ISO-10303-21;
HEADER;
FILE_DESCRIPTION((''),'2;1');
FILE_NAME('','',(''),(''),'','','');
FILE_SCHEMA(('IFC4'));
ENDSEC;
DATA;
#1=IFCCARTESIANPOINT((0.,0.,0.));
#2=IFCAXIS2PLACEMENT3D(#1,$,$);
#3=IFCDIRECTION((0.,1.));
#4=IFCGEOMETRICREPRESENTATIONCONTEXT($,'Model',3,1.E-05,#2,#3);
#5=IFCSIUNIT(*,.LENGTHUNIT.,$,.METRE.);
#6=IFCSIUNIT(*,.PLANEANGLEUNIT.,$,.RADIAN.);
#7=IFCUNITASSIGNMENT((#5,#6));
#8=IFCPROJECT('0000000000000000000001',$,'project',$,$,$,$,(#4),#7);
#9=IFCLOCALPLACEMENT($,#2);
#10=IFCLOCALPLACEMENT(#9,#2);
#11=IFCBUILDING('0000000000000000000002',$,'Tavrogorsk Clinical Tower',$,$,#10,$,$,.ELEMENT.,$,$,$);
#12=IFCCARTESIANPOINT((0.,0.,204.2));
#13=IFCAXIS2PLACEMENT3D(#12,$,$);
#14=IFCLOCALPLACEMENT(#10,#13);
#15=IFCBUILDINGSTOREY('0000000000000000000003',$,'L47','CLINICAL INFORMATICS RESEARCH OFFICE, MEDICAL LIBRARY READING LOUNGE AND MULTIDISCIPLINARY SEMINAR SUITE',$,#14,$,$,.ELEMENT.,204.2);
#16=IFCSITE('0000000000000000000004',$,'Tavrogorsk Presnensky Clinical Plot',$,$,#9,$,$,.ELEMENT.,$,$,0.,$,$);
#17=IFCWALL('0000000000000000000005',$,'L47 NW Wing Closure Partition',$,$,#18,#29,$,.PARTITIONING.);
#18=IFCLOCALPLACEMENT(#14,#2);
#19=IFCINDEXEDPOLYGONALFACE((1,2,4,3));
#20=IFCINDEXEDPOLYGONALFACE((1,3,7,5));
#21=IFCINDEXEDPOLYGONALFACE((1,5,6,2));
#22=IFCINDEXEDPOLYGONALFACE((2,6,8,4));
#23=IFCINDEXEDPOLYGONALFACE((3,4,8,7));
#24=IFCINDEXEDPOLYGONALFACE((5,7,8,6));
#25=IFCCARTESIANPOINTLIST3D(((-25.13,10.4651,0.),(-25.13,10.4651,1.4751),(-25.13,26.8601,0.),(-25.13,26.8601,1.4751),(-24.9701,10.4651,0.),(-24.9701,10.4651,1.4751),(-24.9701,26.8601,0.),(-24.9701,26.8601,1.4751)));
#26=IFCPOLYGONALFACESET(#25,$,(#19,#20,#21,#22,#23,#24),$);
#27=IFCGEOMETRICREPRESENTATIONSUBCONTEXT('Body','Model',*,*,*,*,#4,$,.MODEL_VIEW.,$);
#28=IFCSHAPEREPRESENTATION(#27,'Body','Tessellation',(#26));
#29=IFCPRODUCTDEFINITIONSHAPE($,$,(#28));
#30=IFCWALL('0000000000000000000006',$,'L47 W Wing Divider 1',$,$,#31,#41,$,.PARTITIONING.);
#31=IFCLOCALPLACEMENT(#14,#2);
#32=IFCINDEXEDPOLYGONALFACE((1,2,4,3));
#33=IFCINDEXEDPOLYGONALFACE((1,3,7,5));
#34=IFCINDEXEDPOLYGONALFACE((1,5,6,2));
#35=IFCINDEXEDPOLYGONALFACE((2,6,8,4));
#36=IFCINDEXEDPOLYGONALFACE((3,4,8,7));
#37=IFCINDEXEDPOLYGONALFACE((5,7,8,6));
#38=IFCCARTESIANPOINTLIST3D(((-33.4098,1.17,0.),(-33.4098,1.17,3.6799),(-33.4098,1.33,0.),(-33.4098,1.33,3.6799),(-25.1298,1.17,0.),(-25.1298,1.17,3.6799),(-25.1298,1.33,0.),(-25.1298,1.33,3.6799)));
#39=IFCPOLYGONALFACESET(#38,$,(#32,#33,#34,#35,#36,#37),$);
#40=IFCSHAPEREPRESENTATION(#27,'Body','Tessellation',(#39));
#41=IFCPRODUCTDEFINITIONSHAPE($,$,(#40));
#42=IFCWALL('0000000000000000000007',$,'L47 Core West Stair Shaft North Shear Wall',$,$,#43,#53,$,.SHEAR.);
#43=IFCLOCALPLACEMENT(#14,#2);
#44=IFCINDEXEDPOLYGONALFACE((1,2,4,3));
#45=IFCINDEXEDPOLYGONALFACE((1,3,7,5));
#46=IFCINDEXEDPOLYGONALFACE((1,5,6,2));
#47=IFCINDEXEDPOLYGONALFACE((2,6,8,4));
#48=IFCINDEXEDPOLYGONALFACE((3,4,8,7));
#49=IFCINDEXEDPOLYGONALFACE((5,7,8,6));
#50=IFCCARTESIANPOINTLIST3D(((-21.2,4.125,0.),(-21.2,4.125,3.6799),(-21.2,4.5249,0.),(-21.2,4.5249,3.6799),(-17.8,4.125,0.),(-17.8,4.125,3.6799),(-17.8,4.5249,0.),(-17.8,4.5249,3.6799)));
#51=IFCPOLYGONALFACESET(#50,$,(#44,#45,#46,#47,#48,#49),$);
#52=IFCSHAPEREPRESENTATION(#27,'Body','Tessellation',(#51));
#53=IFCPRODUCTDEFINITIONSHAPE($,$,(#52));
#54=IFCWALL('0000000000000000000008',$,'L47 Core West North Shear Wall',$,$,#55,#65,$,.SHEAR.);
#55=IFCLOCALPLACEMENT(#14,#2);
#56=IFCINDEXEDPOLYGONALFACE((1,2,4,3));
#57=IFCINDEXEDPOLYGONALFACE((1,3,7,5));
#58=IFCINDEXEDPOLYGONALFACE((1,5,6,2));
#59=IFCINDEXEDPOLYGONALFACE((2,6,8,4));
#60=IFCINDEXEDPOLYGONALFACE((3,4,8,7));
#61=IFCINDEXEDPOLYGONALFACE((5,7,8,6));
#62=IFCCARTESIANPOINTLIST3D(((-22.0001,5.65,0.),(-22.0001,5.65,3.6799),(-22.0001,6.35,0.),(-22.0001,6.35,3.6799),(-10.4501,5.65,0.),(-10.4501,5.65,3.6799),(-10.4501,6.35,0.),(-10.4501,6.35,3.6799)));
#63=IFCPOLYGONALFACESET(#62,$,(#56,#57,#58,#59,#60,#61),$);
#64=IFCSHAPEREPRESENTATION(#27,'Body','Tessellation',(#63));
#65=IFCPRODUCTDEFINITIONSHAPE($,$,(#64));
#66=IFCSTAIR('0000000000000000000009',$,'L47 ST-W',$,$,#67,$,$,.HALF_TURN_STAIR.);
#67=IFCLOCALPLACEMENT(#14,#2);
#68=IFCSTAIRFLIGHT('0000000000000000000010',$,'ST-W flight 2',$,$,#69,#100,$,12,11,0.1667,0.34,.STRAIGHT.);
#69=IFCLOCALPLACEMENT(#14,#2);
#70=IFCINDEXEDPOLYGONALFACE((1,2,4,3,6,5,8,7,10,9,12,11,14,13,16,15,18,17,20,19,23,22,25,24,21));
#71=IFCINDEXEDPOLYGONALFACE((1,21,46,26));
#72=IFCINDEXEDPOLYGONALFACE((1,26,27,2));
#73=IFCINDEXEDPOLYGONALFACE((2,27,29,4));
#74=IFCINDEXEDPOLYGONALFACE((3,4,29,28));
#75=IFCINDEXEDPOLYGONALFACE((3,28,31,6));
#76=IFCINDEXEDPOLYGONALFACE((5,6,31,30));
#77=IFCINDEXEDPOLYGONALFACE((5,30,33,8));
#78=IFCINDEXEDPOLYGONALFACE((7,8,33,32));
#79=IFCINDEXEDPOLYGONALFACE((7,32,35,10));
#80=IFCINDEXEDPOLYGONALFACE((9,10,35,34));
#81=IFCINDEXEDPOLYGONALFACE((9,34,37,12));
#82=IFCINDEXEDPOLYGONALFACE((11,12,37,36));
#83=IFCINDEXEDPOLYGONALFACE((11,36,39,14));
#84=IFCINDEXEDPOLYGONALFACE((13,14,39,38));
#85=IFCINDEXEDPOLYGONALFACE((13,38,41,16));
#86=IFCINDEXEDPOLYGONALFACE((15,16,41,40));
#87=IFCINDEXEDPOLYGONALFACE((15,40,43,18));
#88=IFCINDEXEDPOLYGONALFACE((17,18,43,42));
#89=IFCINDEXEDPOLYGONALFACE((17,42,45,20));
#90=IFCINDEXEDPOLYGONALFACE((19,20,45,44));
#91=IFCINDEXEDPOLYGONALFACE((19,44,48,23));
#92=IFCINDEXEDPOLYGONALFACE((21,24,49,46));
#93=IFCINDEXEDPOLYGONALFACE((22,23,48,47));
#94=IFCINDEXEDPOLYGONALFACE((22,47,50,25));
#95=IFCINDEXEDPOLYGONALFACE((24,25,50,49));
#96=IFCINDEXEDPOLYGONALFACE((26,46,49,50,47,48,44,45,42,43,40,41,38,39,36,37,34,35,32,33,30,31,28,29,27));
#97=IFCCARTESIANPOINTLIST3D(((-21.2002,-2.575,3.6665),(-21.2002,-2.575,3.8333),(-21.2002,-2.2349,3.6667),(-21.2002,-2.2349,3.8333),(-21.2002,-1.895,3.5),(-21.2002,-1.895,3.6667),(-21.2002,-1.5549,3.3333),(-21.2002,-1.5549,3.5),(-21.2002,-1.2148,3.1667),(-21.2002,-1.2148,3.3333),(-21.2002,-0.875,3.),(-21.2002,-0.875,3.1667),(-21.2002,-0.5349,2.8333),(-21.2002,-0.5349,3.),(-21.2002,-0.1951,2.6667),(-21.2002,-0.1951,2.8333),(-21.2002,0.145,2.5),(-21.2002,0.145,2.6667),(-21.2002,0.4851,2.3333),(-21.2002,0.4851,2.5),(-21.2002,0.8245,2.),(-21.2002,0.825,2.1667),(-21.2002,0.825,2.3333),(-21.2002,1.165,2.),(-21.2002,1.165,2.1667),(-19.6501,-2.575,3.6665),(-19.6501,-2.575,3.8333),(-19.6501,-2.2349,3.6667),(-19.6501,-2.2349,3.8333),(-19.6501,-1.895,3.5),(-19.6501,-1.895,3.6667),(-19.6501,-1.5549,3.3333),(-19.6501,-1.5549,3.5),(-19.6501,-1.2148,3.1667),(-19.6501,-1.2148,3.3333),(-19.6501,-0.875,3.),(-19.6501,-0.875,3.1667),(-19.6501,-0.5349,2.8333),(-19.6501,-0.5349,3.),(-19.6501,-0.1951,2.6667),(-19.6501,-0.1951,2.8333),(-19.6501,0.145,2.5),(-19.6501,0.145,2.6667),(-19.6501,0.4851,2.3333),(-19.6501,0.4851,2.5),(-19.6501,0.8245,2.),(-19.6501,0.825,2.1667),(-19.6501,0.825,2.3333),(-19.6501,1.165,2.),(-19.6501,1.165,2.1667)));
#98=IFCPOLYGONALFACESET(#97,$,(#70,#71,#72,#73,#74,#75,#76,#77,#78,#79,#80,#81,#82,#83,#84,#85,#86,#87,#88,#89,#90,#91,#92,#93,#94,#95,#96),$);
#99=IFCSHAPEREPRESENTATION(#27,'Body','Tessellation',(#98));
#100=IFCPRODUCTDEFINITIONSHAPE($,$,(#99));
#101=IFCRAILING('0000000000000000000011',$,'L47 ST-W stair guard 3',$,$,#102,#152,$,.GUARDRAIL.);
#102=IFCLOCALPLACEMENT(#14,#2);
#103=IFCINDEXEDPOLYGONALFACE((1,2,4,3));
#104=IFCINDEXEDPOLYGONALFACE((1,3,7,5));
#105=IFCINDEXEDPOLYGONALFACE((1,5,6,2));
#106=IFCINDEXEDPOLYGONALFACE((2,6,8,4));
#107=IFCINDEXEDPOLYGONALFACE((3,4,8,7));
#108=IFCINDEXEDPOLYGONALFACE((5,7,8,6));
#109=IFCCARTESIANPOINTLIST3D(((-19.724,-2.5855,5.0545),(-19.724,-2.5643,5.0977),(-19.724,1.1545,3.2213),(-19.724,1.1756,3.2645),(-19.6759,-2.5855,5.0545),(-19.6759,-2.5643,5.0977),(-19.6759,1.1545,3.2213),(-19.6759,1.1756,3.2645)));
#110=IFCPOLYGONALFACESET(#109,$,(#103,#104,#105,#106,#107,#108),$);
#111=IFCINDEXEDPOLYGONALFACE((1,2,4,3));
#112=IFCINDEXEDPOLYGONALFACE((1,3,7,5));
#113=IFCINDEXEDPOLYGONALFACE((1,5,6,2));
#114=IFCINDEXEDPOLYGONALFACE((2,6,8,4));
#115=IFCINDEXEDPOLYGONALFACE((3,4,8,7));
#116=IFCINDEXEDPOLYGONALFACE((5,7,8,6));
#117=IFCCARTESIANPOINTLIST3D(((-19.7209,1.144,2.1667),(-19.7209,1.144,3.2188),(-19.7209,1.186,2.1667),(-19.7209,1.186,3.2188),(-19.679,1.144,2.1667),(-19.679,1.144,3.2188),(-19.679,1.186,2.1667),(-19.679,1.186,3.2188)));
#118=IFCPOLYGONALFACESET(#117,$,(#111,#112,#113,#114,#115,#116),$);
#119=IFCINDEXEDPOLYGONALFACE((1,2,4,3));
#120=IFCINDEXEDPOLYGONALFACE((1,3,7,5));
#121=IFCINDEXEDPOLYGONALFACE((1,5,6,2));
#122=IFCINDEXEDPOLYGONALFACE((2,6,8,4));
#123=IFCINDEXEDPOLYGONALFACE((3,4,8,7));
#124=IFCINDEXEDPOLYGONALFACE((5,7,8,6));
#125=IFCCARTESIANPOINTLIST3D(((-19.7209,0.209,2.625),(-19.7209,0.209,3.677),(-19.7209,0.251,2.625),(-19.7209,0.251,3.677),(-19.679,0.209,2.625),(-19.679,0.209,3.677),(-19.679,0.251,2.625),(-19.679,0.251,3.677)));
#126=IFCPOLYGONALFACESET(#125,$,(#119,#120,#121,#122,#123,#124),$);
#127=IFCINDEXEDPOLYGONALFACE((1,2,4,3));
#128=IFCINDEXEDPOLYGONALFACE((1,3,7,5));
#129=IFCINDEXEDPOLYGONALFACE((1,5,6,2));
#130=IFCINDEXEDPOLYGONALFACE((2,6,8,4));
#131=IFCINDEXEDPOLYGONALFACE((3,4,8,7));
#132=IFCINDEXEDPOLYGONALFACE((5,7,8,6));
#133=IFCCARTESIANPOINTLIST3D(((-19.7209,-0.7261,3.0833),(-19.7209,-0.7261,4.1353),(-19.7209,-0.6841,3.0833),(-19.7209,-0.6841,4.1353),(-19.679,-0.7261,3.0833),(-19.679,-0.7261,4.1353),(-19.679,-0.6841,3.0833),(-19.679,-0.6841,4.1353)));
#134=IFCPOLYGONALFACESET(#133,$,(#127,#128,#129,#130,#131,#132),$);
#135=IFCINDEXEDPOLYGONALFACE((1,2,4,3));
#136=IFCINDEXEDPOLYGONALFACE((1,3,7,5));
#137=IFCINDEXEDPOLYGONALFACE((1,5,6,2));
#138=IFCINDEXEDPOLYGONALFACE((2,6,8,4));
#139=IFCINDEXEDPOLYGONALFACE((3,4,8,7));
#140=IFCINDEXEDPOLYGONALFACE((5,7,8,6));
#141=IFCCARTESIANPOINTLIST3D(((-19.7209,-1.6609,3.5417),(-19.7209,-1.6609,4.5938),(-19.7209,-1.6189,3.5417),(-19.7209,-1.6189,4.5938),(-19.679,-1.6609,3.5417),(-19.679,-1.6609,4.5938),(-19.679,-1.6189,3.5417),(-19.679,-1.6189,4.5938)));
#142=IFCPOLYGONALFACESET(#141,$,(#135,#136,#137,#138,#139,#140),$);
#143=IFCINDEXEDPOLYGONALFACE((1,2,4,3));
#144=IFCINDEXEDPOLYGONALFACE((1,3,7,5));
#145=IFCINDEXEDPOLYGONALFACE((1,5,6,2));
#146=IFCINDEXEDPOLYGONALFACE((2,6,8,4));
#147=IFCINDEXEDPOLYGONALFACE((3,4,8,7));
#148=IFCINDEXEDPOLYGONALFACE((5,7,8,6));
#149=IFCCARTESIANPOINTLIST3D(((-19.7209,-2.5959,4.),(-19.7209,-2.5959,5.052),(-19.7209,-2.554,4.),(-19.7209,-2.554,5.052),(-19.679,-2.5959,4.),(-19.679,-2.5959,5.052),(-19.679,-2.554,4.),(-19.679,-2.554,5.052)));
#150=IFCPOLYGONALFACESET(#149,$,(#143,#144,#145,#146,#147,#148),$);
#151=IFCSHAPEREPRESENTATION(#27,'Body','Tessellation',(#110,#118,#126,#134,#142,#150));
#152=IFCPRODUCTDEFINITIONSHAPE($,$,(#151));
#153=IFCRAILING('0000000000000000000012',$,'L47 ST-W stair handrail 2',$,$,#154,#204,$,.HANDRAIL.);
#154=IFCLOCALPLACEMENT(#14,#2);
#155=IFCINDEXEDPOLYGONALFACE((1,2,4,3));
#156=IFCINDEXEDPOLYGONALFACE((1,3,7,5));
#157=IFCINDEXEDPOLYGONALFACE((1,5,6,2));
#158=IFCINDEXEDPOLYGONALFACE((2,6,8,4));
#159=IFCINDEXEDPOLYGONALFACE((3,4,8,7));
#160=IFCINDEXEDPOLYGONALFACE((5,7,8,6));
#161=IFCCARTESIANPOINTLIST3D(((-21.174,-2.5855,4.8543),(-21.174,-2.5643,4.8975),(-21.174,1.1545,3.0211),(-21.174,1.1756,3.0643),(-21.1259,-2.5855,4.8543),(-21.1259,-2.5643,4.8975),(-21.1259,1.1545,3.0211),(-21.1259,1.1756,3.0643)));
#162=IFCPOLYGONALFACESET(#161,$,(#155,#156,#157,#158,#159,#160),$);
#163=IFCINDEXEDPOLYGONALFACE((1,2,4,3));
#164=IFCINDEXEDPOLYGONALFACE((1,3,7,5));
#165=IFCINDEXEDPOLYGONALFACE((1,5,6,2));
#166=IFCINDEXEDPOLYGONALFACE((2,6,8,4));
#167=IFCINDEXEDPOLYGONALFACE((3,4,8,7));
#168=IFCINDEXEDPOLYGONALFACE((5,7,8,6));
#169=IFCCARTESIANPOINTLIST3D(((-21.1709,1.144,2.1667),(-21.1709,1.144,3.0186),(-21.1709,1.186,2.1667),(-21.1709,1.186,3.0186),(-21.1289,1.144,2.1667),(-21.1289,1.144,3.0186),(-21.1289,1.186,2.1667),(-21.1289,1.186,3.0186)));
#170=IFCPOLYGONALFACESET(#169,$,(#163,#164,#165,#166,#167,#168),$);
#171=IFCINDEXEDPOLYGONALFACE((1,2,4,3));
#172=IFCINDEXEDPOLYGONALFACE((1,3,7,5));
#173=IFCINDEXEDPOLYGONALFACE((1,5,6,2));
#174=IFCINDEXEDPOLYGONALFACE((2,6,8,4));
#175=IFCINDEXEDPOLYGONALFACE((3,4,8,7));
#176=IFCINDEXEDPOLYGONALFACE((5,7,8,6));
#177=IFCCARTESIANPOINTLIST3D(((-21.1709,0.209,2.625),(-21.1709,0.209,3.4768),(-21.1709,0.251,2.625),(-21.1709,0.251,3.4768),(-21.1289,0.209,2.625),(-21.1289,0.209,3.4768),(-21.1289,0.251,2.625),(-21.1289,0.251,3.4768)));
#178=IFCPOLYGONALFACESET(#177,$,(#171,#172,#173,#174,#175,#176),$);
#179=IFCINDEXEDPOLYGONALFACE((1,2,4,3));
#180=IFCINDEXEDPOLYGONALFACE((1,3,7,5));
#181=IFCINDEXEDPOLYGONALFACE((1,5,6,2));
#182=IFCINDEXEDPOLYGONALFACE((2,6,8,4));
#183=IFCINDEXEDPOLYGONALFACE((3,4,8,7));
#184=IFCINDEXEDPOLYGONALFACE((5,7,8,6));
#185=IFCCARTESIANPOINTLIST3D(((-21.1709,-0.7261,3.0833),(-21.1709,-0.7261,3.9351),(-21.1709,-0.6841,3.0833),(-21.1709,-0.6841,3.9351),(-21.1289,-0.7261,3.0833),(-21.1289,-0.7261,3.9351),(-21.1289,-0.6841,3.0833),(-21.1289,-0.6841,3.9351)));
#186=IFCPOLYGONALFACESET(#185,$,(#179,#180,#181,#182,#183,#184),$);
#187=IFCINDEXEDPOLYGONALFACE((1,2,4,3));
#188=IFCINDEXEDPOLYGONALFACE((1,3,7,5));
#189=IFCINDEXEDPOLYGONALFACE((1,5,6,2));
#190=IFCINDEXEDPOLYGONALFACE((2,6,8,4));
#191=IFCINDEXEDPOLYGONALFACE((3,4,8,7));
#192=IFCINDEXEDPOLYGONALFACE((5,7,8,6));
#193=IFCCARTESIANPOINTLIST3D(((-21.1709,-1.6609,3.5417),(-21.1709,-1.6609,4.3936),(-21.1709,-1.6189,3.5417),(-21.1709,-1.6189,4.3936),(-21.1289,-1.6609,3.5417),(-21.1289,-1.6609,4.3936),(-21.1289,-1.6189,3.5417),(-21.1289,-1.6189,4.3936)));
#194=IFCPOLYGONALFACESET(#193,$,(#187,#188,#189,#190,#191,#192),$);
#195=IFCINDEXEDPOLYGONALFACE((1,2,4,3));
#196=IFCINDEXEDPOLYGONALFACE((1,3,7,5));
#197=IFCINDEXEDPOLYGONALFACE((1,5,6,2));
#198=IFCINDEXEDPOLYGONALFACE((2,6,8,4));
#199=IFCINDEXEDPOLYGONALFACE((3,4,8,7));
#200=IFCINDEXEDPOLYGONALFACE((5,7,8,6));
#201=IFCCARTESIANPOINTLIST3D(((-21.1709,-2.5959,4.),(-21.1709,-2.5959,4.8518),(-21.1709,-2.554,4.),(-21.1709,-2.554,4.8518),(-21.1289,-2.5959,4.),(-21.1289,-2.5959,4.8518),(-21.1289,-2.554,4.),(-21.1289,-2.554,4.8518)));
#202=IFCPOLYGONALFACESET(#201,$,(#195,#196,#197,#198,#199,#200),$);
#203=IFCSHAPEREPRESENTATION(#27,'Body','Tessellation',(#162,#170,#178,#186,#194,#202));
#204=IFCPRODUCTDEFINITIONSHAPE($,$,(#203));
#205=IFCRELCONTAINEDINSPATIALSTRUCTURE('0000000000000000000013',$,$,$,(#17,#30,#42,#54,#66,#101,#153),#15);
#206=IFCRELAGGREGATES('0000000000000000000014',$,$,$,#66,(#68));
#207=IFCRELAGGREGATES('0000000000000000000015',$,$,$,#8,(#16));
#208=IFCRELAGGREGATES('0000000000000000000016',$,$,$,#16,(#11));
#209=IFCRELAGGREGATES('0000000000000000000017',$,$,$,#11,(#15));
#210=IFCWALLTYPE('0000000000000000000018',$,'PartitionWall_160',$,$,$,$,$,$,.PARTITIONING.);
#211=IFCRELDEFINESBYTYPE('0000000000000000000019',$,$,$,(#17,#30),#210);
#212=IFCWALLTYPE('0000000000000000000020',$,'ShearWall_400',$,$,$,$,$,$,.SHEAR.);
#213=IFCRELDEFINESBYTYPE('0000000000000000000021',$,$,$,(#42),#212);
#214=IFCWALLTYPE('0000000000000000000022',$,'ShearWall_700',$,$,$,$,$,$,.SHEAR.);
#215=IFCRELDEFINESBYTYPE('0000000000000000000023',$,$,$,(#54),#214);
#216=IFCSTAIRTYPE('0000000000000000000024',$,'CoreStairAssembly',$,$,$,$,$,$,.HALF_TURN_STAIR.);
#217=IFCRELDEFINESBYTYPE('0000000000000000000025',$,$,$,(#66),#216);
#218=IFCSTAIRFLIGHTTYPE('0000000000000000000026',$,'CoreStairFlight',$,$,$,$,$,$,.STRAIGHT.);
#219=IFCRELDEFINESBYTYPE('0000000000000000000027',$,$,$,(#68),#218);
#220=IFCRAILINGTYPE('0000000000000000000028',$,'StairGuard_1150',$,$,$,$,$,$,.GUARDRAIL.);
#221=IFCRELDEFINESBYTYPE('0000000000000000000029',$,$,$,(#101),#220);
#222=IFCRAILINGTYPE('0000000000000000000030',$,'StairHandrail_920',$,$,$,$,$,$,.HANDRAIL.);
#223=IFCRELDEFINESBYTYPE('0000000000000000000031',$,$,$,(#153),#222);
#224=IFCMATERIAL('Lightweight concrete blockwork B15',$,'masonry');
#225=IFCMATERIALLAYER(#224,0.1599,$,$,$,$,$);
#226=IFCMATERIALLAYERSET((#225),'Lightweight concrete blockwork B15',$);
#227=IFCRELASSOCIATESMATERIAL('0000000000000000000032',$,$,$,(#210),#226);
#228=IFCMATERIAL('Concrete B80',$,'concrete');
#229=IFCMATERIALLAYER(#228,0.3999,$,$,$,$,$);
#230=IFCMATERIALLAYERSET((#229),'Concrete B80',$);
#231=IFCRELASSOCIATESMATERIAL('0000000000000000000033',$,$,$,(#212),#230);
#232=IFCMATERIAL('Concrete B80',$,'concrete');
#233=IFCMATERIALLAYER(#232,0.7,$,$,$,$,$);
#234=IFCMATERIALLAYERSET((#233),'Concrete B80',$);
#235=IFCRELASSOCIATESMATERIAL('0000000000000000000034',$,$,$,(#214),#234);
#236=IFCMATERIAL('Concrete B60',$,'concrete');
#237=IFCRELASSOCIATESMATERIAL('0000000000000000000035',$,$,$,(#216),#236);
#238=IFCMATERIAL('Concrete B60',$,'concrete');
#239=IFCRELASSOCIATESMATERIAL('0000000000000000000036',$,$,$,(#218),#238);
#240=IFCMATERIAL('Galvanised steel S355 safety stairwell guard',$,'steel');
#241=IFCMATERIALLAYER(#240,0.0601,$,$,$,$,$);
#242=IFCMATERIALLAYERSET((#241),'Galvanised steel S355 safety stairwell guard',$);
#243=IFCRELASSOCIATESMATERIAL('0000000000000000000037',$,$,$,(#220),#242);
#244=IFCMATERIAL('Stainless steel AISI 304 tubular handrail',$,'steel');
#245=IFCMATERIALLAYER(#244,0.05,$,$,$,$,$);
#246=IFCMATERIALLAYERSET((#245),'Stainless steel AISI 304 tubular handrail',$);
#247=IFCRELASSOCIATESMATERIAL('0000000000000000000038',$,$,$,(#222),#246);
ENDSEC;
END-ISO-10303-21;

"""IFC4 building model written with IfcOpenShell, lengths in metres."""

from ifc_helpers import new_model, si_unit, direction, frame, frame_2d, origin, origin_2d, place, context, subcontext, project, spatial, polyline, rectangle, outline, extrude, material, layer, layer_set, type_object, element, aggregate, save


model = new_model("IFC4")

# Units and contexts
model_context = context("Model", 3, precision=1e-05, world=origin(), true_north=direction((0.0, 1.0)))
body_context = subcontext(model_context, "Body", "Model", "MODEL_VIEW")
ifc_project = project(units=[si_unit("LENGTHUNIT", "METRE"), si_unit("PLANEANGLEUNIT", "RADIAN")], contexts=[model_context])

# Site, building, storey
site_placement = place(None, origin())
site = spatial("IfcSite", under=ifc_project, at=site_placement, Name="Tavrogorsk Presnensky Clinical Plot", CompositionType="ELEMENT", RefElevation=0.0)
building_placement = place(site_placement, origin())
building = spatial("IfcBuilding", under=site, at=building_placement, Name="Tavrogorsk Clinical Tower", CompositionType="ELEMENT")
storey_placement = place(building_placement, frame((0.0, 0.0, 204.2)))
storey = spatial("IfcBuildingStorey", under=building, at=storey_placement, Name="L47", Description="CLINICAL INFORMATICS RESEARCH OFFICE, MEDICAL LIBRARY READING LOUNGE AND MULTIDISCIPLINARY SEMINAR SUITE", CompositionType="ELEMENT", Elevation=204.2)

# Shared definitions
ifc_material_1 = material(Name="Lightweight concrete blockwork B15", Category="masonry")
ifc_layer_1 = layer(ifc_material_1, 0.1599)
ifc_layer_set_1 = layer_set([ifc_layer_1], Name="Lightweight concrete blockwork B15")
wall_type_1 = type_object("IfcWallType", Name="PartitionWall_160", PredefinedType="PARTITIONING", material=ifc_layer_set_1)

# Walls
wall_1_placement = place(storey_placement, frame((-25.05, 10.4651, 0.0), z_axis=(0.0, 0.0, 1.0), x_axis=(0.0, 1.0, 0.0)))
element("IfcWall", 1, at=wall_1_placement, inside=storey, type_object=wall_type_1, Name="L47 NW Wing Closure Partition", PredefinedType="PARTITIONING", context=body_context, shape_type="SweptSolid", body=[
    extrude(rectangle(XDim=16.395, YDim=0.1599, at=frame_2d((8.1975, 0.0))), origin(), (0.0, 0.0, 1.0), 1.4751),
])
wall_2_placement = place(storey_placement, frame((-33.4099, 1.25, 0.0), z_axis=(0.0, 0.0, 1.0), x_axis=(1.0, 0.0, 0.0)))
element("IfcWall", 2, at=wall_2_placement, inside=storey, type_object=wall_type_1, Name="L47 W Wing Divider 1", PredefinedType="PARTITIONING", context=body_context, shape_type="SweptSolid", body=[
    extrude(rectangle(XDim=8.28, YDim=0.1599, at=frame_2d((4.1401, 0.0))), origin(), (0.0, 0.0, 1.0), 3.6799),
])
ifc_material_2 = material(Name="Concrete B80", Category="concrete")
ifc_layer_2 = layer(ifc_material_2, 0.3999)
ifc_layer_set_2 = layer_set([ifc_layer_2], Name="Concrete B80")
wall_type_2 = type_object("IfcWallType", Name="ShearWall_400", PredefinedType="SHEAR", material=ifc_layer_set_2)
wall_3_placement = place(storey_placement, frame((-21.2, 4.325, 0.0), z_axis=(0.0, 0.0, 1.0), x_axis=(1.0, 0.0, 0.0)))
element("IfcWall", 3, at=wall_3_placement, inside=storey, type_object=wall_type_2, Name="L47 Core West Stair Shaft North Shear Wall", PredefinedType="SHEAR", context=body_context, shape_type="SweptSolid", body=[
    extrude(rectangle(XDim=3.3999, YDim=0.3999, at=frame_2d((1.7, 0.0))), origin(), (0.0, 0.0, 1.0), 3.6799),
])
ifc_material_3 = material(Name="Concrete B80", Category="concrete")
ifc_layer_3 = layer(ifc_material_3, 0.7)
ifc_layer_set_3 = layer_set([ifc_layer_3], Name="Concrete B80")
wall_type_3 = type_object("IfcWallType", Name="ShearWall_700", PredefinedType="SHEAR", material=ifc_layer_set_3)
wall_4_placement = place(storey_placement, frame((-22.0, 6.0, 0.0), z_axis=(0.0, 0.0, 1.0), x_axis=(1.0, 0.0, 0.0)))
element("IfcWall", 4, at=wall_4_placement, inside=storey, type_object=wall_type_3, Name="L47 Core West North Shear Wall", PredefinedType="SHEAR", context=body_context, shape_type="SweptSolid", body=[
    extrude(rectangle(XDim=11.55, YDim=0.7, at=frame_2d((5.7749, 0.0))), origin(), (0.0, 0.0, 1.0), 3.6799),
])

# Stair, stair flight
ifc_material_4 = material(Name="Concrete B60", Category="concrete")
stair_type = type_object("IfcStairType", Name="CoreStairAssembly", PredefinedType="HALF_TURN_STAIR", material=ifc_material_4)
stair_placement = place(storey_placement, origin())
stair = element("IfcStair", 5, at=stair_placement, inside=storey, type_object=stair_type, Name="L47 ST-W", PredefinedType="HALF_TURN_STAIR")
ifc_material_5 = material(Name="Concrete B60", Category="concrete")
stair_flight_type = type_object("IfcStairFlightType", Name="CoreStairFlight", PredefinedType="STRAIGHT", material=ifc_material_5)
stair_flight_placement = place(storey_placement, frame((-20.425, 1.165, 2.0), z_axis=(0.0, 0.0, 1.0), x_axis=(0.0, -1.0, 0.0)))
stair_flight = element("IfcStairFlight", 6, at=stair_flight_placement, type_object=stair_flight_type, Name="ST-W flight 2", NumberOfRisers=12, NumberOfTreads=11, PredefinedType="STRAIGHT", RiserHeight=0.1667, TreadLength=0.34, context=body_context, shape_type="SweptSolid", body=[
    extrude(outline(polyline([(0.0, 0.0), (0.0, 0.1667), (0.3401, 0.1667), (0.3401, 0.3333), (0.6799, 0.3333), (0.6799, 0.5), (1.02, 0.5), (1.02, 0.6667), (1.3601, 0.6667), (1.3601, 0.8333), (1.7, 0.8333), (1.7, 1.0), (2.04, 1.0), (2.04, 1.1667), (2.3799, 1.1667), (2.3799, 1.3333), (2.72, 1.3333), (2.72, 1.5), (3.0601, 1.5), (3.0601, 1.6667), (3.3999, 1.6667), (3.3999, 1.8333), (3.74, 1.8333), (3.74, 2.0), (3.74, 1.6665), (0.3406, 0.0), (0.0, 0.0)])), frame((0.0, 0.7749, 0.0), z_axis=(0.0, -1.0, 0.0), x_axis=(1.0, 0.0, 0.0)), (0.0, 0.0, 1.0), 1.55),
])
aggregate(stair, [stair_flight])

# Railings
ifc_material_6 = material(Name="Galvanised steel S355 safety stairwell guard", Category="steel")
ifc_layer_4 = layer(ifc_material_6, 0.0601)
ifc_layer_set_4 = layer_set([ifc_layer_4], Name="Galvanised steel S355 safety stairwell guard")
railing_type_1 = type_object("IfcRailingType", Name="StairGuard_1150", PredefinedType="GUARDRAIL", material=ifc_layer_set_4)
railing_1_placement = place(storey_placement, frame((-19.7, 1.165, 2.1667)))
element("IfcRailing", 7, at=railing_1_placement, inside=storey, type_object=railing_type_1, Name="L47 ST-W stair guard 3", PredefinedType="GUARDRAIL", context=body_context, shape_type="SweptSolid", body=[
    extrude(rectangle(XDim=0.0481, YDim=0.0481, at=origin_2d()), frame((0.0, 0.0, 1.0762), z_axis=(0.0, -0.897928, 0.440142), x_axis=(1.0, 0.0, 0.0)), (0.0, 0.0, 1.0), 4.165),
    extrude(rectangle(XDim=0.042, YDim=0.042, at=origin_2d()), origin(), (0.0, 0.0, 1.0), 1.052),
    extrude(rectangle(XDim=0.042, YDim=0.042, at=origin_2d()), frame((0.0, -0.9351, 0.4583)), (0.0, 0.0, 1.0), 1.052),
    extrude(rectangle(XDim=0.042, YDim=0.042, at=origin_2d()), frame((0.0, -1.8701, 0.9165)), (0.0, 0.0, 1.0), 1.052),
    extrude(rectangle(XDim=0.042, YDim=0.042, at=origin_2d()), frame((0.0, -2.8049, 1.375)), (0.0, 0.0, 1.0), 1.052),
    extrude(rectangle(XDim=0.042, YDim=0.042, at=origin_2d()), frame((0.0, -3.74, 1.8333)), (0.0, 0.0, 1.0), 1.052),
])
ifc_material_7 = material(Name="Stainless steel AISI 304 tubular handrail", Category="steel")
ifc_layer_5 = layer(ifc_material_7, 0.05)
ifc_layer_set_5 = layer_set([ifc_layer_5], Name="Stainless steel AISI 304 tubular handrail")
railing_type_2 = type_object("IfcRailingType", Name="StairHandrail_920", PredefinedType="HANDRAIL", material=ifc_layer_set_5)
railing_2_placement = place(storey_placement, frame((-21.1499, 1.165, 2.1667)))
element("IfcRailing", 8, at=railing_2_placement, inside=storey, type_object=railing_type_2, Name="L47 ST-W stair handrail 2", PredefinedType="HANDRAIL", context=body_context, shape_type="SweptSolid", body=[
    extrude(rectangle(XDim=0.0481, YDim=0.0481, at=origin_2d()), frame((0.0, 0.0, 0.876), z_axis=(0.0, -0.897928, 0.440142), x_axis=(1.0, 0.0, 0.0)), (0.0, 0.0, 1.0), 4.165),
    extrude(rectangle(XDim=0.042, YDim=0.042, at=origin_2d()), origin(), (0.0, 0.0, 1.0), 0.8518),
    extrude(rectangle(XDim=0.042, YDim=0.042, at=origin_2d()), frame((0.0, -0.9351, 0.4583)), (0.0, 0.0, 1.0), 0.8518),
    extrude(rectangle(XDim=0.042, YDim=0.042, at=origin_2d()), frame((0.0, -1.8701, 0.9165)), (0.0, 0.0, 1.0), 0.8518),
    extrude(rectangle(XDim=0.042, YDim=0.042, at=origin_2d()), frame((0.0, -2.8049, 1.375)), (0.0, 0.0, 1.0), 0.8518),
    extrude(rectangle(XDim=0.042, YDim=0.042, at=origin_2d()), frame((0.0, -3.74, 1.8333)), (0.0, 0.0, 1.0), 0.8518),
])

save(model, "model.ifc")
